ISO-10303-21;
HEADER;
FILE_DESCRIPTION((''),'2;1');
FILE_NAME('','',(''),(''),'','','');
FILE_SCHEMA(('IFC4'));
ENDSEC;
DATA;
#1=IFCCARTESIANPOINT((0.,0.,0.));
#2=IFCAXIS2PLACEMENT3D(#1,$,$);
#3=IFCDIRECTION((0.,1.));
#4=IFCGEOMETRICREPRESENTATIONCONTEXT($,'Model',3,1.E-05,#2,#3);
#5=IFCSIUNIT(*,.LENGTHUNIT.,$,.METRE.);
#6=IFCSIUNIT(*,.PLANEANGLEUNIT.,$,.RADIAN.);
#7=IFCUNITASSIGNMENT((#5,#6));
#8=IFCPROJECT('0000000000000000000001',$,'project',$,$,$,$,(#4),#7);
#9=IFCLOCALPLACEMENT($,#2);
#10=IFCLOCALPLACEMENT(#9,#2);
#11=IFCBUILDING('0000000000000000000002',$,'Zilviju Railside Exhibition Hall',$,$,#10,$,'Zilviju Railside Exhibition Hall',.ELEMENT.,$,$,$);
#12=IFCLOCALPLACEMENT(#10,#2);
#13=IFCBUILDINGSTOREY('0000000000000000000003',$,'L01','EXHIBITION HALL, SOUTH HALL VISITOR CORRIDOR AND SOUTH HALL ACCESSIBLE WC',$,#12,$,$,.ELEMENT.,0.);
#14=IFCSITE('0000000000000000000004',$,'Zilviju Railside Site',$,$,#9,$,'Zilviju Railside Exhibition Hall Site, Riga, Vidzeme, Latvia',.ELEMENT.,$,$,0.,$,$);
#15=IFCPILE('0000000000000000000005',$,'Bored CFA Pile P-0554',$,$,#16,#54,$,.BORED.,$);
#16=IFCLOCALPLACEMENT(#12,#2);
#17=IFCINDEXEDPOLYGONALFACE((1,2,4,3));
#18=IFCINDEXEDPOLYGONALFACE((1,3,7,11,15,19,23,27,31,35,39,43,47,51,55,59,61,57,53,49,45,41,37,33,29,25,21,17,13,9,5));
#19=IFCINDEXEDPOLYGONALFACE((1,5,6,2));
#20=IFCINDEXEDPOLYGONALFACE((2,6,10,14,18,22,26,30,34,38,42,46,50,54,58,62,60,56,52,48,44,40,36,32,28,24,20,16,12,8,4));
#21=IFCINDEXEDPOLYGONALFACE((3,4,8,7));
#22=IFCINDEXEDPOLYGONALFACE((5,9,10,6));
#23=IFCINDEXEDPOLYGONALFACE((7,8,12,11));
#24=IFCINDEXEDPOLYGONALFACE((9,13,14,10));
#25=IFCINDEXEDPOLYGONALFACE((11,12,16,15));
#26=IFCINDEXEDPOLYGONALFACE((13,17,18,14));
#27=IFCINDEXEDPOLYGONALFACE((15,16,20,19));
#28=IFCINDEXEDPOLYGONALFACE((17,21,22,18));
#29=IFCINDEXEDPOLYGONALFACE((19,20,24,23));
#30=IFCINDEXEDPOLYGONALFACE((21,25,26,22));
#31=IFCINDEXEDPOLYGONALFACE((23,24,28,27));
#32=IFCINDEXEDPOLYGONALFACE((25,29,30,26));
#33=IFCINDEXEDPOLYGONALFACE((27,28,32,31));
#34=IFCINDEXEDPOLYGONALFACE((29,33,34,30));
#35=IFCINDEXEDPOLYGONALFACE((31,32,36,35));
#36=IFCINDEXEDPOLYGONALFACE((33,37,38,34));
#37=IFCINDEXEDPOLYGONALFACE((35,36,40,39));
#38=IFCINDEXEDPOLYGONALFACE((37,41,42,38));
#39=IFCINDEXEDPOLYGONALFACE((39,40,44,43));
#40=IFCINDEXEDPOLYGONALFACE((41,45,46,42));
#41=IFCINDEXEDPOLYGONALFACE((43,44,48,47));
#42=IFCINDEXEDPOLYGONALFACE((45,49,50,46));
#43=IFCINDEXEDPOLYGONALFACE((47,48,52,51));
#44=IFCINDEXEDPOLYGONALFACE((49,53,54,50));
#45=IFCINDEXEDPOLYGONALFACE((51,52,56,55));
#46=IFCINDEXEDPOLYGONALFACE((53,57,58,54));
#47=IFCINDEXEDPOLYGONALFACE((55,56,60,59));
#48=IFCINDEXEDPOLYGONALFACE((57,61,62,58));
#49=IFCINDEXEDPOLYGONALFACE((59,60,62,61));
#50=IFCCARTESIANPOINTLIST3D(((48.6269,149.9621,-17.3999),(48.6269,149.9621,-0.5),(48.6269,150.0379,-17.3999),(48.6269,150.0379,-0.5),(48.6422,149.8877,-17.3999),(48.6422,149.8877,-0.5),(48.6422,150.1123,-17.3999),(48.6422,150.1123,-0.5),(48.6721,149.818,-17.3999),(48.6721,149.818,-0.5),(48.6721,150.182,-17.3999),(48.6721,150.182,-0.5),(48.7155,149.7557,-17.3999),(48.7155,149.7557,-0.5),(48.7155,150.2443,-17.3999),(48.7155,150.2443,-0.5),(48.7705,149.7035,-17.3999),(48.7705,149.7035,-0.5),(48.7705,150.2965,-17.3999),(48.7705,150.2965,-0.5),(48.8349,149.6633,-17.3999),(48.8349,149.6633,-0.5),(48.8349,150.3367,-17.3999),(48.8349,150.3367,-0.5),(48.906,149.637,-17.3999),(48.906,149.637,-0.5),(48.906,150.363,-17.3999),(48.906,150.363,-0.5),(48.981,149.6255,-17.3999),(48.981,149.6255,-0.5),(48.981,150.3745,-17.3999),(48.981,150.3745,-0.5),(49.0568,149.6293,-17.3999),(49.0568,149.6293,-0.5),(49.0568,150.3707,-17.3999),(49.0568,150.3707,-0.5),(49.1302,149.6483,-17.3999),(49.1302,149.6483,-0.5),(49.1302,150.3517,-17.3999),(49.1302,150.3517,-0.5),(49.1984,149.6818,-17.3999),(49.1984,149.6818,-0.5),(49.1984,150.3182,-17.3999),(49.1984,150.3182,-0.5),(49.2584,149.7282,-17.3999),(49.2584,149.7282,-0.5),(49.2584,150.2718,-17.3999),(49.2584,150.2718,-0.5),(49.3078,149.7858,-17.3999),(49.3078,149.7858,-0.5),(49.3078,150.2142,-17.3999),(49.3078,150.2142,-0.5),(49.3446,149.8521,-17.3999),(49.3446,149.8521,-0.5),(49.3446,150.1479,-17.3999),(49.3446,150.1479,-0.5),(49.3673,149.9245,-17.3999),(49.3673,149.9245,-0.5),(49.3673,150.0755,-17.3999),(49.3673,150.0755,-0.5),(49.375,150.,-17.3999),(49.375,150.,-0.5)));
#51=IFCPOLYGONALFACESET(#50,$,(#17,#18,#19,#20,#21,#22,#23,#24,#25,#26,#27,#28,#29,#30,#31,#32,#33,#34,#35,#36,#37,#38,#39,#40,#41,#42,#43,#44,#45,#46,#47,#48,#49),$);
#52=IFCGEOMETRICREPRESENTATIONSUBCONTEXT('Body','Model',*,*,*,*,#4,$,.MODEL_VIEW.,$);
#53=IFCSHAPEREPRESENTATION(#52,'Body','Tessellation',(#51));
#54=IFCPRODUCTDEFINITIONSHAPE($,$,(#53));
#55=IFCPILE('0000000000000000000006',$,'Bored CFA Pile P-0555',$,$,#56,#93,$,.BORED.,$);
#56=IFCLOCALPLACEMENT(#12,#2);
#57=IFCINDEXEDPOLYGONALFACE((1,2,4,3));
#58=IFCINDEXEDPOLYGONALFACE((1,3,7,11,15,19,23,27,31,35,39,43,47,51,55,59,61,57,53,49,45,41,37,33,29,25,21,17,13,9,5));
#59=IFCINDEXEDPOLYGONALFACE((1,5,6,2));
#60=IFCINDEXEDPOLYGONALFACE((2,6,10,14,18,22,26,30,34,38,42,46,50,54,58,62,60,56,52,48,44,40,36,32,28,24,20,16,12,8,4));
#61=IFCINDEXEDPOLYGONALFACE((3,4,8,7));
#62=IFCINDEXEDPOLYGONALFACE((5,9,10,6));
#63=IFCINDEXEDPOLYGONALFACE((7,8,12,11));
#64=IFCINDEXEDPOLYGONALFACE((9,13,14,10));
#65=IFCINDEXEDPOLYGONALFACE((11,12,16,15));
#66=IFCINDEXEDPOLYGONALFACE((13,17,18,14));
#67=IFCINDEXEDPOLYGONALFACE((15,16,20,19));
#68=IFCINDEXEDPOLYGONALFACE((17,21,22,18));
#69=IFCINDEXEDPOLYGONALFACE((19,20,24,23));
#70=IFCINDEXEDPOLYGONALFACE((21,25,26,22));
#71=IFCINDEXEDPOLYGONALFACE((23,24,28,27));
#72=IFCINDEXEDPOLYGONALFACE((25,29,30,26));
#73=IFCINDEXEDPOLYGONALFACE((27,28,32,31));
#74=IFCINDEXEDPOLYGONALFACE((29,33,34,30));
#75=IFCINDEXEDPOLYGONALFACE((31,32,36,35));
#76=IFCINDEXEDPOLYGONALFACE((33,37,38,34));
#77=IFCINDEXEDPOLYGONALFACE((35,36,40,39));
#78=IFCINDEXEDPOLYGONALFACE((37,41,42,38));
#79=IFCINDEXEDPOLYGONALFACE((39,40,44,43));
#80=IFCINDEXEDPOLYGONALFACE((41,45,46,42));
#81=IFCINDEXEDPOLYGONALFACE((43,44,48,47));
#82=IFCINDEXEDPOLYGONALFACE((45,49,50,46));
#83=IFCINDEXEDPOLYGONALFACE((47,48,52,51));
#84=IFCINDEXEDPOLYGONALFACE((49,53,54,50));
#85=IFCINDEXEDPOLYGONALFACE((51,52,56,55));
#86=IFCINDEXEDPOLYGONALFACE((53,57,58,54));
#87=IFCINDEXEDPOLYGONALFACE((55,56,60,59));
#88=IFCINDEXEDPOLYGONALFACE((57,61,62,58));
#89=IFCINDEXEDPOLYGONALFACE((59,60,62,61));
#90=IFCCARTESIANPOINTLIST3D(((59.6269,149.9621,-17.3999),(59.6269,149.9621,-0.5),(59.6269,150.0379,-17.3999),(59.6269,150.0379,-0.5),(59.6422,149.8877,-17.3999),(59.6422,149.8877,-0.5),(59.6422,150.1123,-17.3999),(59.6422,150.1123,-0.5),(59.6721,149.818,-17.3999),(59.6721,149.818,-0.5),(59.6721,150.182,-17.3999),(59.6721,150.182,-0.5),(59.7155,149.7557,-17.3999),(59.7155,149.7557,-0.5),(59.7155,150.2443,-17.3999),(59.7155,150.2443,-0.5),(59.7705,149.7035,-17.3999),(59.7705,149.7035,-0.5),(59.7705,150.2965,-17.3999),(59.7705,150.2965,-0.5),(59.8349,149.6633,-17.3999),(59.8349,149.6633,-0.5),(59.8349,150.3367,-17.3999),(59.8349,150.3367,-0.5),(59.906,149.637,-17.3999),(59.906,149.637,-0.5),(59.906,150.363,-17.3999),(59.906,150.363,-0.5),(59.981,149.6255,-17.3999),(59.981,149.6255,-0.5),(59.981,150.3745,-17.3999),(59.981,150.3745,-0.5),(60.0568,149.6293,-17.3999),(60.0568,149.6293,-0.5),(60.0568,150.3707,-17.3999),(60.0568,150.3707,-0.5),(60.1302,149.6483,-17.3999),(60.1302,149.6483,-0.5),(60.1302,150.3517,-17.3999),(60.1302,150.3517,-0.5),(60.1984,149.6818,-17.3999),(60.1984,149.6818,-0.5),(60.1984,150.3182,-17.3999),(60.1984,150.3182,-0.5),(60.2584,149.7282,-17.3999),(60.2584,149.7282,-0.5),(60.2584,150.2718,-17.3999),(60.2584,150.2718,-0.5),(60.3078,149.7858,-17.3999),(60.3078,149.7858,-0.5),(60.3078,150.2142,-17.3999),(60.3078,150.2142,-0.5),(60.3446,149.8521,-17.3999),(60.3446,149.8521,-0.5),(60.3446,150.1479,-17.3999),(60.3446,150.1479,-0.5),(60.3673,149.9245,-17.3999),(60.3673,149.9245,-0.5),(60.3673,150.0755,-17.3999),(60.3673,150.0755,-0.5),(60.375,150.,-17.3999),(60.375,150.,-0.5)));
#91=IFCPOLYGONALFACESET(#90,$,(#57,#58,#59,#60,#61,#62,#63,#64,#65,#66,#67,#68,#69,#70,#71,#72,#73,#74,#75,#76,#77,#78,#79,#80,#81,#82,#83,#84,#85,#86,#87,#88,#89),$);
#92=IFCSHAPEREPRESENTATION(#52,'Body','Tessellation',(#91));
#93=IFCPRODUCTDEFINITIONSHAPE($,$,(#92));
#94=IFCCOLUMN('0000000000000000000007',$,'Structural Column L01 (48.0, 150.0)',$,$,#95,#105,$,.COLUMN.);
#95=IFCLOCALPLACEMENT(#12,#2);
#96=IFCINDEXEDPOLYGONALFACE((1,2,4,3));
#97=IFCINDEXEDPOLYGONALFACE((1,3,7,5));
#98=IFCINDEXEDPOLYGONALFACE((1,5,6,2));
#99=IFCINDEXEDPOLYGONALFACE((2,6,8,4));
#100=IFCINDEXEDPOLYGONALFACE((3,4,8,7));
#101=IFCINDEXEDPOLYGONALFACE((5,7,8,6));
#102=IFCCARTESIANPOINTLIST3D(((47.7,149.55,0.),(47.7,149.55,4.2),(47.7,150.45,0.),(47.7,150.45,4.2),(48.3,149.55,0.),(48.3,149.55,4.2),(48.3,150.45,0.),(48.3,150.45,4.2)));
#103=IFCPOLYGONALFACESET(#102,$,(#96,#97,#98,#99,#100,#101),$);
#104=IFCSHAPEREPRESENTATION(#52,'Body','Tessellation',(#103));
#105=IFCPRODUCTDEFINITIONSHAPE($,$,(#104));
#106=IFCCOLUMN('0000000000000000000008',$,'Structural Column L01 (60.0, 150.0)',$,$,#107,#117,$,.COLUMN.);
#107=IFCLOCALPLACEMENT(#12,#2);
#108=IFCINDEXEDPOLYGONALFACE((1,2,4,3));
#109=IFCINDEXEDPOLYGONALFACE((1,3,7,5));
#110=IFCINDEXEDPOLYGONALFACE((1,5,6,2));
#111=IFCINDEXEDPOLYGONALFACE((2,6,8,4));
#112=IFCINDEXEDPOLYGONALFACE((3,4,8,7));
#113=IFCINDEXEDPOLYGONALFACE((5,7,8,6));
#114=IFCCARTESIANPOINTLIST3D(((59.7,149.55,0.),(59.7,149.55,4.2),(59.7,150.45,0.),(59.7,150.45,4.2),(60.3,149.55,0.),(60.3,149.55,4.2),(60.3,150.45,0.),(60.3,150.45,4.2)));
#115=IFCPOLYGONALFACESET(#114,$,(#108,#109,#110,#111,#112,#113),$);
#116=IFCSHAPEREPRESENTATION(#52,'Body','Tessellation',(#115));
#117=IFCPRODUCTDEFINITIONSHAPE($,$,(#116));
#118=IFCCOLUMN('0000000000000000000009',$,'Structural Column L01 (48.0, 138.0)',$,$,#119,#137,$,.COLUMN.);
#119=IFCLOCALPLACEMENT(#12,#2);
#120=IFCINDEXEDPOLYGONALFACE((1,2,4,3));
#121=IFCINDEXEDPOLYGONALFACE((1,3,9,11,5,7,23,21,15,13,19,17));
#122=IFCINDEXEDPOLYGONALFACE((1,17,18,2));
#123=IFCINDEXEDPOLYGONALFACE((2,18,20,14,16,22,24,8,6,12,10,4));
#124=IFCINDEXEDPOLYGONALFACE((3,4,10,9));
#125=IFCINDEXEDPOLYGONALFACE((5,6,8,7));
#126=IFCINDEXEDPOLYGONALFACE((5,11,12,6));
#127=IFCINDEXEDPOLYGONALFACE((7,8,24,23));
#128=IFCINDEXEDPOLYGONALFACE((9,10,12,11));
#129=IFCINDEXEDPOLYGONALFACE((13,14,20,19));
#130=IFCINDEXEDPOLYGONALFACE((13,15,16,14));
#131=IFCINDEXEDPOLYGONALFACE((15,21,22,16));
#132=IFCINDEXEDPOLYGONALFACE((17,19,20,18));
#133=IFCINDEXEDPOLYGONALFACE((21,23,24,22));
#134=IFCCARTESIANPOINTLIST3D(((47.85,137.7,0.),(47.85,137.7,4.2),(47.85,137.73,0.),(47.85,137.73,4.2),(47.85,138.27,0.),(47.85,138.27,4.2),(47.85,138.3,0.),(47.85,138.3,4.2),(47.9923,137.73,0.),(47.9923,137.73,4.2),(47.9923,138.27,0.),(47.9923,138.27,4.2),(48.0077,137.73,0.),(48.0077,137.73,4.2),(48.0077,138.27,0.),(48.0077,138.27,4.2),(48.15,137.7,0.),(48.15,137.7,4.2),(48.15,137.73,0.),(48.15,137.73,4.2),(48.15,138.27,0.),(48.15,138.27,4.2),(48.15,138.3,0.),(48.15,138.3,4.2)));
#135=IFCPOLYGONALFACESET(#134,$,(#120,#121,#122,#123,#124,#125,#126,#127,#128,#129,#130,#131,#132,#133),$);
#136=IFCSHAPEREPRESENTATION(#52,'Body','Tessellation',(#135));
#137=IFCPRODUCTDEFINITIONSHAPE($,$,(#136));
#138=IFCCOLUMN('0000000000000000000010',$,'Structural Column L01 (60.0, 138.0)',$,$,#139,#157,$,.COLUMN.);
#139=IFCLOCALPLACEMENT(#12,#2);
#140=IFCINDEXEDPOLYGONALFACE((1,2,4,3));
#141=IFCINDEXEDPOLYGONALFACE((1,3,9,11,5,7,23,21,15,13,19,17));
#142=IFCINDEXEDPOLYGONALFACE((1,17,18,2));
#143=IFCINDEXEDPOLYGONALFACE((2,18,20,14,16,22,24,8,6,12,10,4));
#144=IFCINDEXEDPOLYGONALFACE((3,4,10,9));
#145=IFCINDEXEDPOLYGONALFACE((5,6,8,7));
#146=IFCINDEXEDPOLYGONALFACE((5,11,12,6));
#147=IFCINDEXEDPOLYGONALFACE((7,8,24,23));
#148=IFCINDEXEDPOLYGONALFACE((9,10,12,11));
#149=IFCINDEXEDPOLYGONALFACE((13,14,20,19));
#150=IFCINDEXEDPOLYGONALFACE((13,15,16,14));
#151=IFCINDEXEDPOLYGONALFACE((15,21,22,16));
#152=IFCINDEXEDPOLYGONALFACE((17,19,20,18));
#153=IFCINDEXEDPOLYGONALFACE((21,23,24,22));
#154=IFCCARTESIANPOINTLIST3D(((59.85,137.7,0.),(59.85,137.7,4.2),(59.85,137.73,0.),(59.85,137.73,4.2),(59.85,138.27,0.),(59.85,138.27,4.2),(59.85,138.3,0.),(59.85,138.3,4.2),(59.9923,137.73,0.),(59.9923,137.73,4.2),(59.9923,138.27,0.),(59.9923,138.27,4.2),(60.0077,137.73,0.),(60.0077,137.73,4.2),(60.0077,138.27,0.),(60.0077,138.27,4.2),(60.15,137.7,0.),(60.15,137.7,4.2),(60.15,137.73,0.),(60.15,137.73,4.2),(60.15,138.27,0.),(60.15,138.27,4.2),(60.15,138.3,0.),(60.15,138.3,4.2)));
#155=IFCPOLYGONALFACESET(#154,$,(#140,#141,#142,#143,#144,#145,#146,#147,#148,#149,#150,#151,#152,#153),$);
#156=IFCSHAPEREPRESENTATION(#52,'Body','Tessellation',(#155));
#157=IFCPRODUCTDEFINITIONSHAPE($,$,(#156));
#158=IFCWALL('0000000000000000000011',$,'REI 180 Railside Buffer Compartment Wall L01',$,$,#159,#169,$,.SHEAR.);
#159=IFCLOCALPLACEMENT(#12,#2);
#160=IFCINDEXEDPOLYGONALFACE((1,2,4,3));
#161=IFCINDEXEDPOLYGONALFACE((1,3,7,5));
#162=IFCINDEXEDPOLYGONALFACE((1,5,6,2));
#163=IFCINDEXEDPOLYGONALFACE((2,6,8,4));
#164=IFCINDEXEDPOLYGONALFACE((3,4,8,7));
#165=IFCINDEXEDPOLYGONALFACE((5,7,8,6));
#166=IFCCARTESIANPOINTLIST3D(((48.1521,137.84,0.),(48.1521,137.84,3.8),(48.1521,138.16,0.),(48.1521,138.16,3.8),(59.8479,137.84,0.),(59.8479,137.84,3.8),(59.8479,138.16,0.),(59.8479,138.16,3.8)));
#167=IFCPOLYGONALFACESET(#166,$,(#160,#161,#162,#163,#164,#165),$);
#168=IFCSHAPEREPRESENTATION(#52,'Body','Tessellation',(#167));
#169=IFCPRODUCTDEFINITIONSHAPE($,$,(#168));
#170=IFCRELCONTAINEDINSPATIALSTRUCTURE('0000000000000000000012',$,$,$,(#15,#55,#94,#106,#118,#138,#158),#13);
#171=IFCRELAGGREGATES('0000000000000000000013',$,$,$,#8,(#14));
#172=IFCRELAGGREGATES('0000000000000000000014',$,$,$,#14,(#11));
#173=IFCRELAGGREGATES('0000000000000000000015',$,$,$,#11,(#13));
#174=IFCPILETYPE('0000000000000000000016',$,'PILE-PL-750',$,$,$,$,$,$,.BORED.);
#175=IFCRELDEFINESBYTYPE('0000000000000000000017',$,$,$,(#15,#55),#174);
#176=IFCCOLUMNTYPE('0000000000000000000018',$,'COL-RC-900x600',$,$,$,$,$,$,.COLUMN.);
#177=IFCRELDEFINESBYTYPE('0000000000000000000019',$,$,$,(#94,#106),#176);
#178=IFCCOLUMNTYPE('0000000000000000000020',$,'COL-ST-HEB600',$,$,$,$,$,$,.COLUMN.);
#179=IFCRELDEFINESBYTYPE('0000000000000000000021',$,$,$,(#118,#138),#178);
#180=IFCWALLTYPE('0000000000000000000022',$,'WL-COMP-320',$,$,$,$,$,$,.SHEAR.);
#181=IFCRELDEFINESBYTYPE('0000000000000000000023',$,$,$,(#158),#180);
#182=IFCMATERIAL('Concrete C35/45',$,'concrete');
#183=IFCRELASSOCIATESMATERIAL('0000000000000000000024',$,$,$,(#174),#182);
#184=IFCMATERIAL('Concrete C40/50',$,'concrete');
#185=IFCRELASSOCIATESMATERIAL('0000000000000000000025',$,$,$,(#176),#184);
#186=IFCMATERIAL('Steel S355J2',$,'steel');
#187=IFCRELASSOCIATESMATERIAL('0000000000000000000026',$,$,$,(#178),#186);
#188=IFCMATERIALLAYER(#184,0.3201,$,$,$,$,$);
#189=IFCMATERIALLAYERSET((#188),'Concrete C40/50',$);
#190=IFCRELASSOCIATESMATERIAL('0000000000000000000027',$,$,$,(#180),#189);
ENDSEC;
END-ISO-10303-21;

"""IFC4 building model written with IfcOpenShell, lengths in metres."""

from ifc_helpers import new_model, si_unit, direction, frame, frame_2d, origin, origin_2d, place, context, subcontext, project, spatial, rectangle, circle, i_section, extrude, material, layer, layer_set, material_profile, profile_set, type_object, element, save


model = new_model("IFC4")

# Units and contexts
model_context = context("Model", 3, precision=1e-05, world=origin(), true_north=direction((0.0, 1.0)))
body_context = subcontext(model_context, "Body", "Model", "MODEL_VIEW")
ifc_project = project(units=[si_unit("LENGTHUNIT", "METRE"), si_unit("PLANEANGLEUNIT", "RADIAN")], contexts=[model_context])

# Site, building, storey
site_placement = place(None, origin())
site = spatial("IfcSite", under=ifc_project, at=site_placement, Name="Zilviju Railside Site", LongName="Zilviju Railside Exhibition Hall Site, Riga, Vidzeme, Latvia", CompositionType="ELEMENT", RefElevation=0.0)
building_placement = place(site_placement, origin())
building = spatial("IfcBuilding", under=site, at=building_placement, Name="Zilviju Railside Exhibition Hall", LongName="Zilviju Railside Exhibition Hall", CompositionType="ELEMENT")
storey_placement = place(building_placement, origin())
storey = spatial("IfcBuildingStorey", under=building, at=storey_placement, Name="L01", Description="EXHIBITION HALL, SOUTH HALL VISITOR CORRIDOR AND SOUTH HALL ACCESSIBLE WC", CompositionType="ELEMENT", Elevation=0.0)

# Shared definitions
ifc_material_1 = material(Name="Concrete C35/45", Category="concrete")
ifc_material_2 = material(Name="Concrete C40/50", Category="concrete")

# Piles
ifc_material_profile_1 = material_profile(ifc_material_1, circle(Radius=0.375, at=origin_2d()), Name="CFA PILE D750")
ifc_profile_set_1 = profile_set([ifc_material_profile_1], Name="Concrete C35/45")
pile_type = type_object("IfcPileType", Name="PILE-PL-750", PredefinedType="BORED", material=ifc_profile_set_1)
for number, where, z_axis, x_axis, name in (
    (1, (49.0, 150.0, -0.5), (0.0, 0.0, -1.0), (1.0, 0.0, 0.0), "Bored CFA Pile P-0554"),
    (2, (60.0, 150.0, -0.5), (0.0, 0.0, -1.0), (1.0, 0.0, 0.0), "Bored CFA Pile P-0555"),
):
    element("IfcPile", number, at=place(storey_placement, frame(where, z_axis=z_axis, x_axis=x_axis)), inside=storey, type_object=pile_type, Name=name, PredefinedType="BORED", context=body_context, shape_type="SweptSolid", body=[
        extrude(circle(Radius=0.375, at=origin_2d()), origin(), (0.0, 0.0, 1.0), 16.8999),
    ])

# Columns
ifc_material_profile_2 = material_profile(ifc_material_2, rectangle(XDim=0.6001, YDim=0.8999, at=origin_2d()), Name="RC COL 600x900")
ifc_profile_set_2 = profile_set([ifc_material_profile_2], Name="Concrete C40/50")
column_type_1 = type_object("IfcColumnType", Name="COL-RC-900x600", PredefinedType="COLUMN", material=ifc_profile_set_2)
for number, where, z_axis, x_axis, name in (
    (3, (48.0, 150.0, 0.0), (0.0, 0.0, 1.0), (1.0, 0.0, 0.0), "Structural Column L01 (48.0, 150.0)"),
    (4, (60.0, 150.0, 0.0), (0.0, 0.0, 1.0), (1.0, 0.0, 0.0), "Structural Column L01 (60.0, 150.0)"),
):
    element("IfcColumn", number, at=place(storey_placement, frame(where, z_axis=z_axis, x_axis=x_axis)), inside=storey, type_object=column_type_1, Name=name, PredefinedType="COLUMN", context=body_context, shape_type="SweptSolid", body=[
        extrude(rectangle(XDim=0.6001, YDim=0.8999, at=origin_2d()), origin(), (0.0, 0.0, 1.0), 4.2),
    ])
ifc_material_3 = material(Name="Steel S355J2", Category="steel")
ifc_material_profile_3 = material_profile(ifc_material_3, i_section(OverallWidth=0.3, OverallDepth=0.6001, WebThickness=0.0154, FlangeThickness=0.03, at=origin_2d()), Name="HEB 600")
ifc_profile_set_3 = profile_set([ifc_material_profile_3], Name="Steel S355J2")
column_type_2 = type_object("IfcColumnType", Name="COL-ST-HEB600", PredefinedType="COLUMN", material=ifc_profile_set_3)
for number, where, z_axis, x_axis, name in (
    (5, (48.0, 138.0, 0.0), (0.0, 0.0, 1.0), (1.0, 0.0, 0.0), "Structural Column L01 (48.0, 138.0)"),
    (6, (60.0, 138.0, 0.0), (0.0, 0.0, 1.0), (1.0, 0.0, 0.0), "Structural Column L01 (60.0, 138.0)"),
):
    element("IfcColumn", number, at=place(storey_placement, frame(where, z_axis=z_axis, x_axis=x_axis)), inside=storey, type_object=column_type_2, Name=name, PredefinedType="COLUMN", context=body_context, shape_type="SweptSolid", body=[
        extrude(i_section(OverallWidth=0.3, OverallDepth=0.6001, WebThickness=0.0154, FlangeThickness=0.03, at=origin_2d()), origin(), (0.0, 0.0, 1.0), 4.2),
    ])

# Wall
ifc_layer_1 = layer(ifc_material_2, 0.3201)
ifc_layer_set_1 = layer_set([ifc_layer_1], Name="Concrete C40/50")
wall_type_1 = type_object("IfcWallType", Name="WL-COMP-320", PredefinedType="SHEAR", material=ifc_layer_set_1)
wall_1_placement = place(storey_placement, frame((48.1521, 138.0, 0.0), z_axis=(0.0, 0.0, 1.0), x_axis=(1.0, 0.0, 0.0)))
element("IfcWall", 7, at=wall_1_placement, inside=storey, type_object=wall_type_1, Name="REI 180 Railside Buffer Compartment Wall L01", PredefinedType="SHEAR", context=body_context, shape_type="SweptSolid", body=[
    extrude(rectangle(XDim=11.6958, YDim=0.3201, at=frame_2d((5.8479, 0.0))), origin(), (0.0, 0.0, 1.0), 3.8),
])

save(model, "model.ifc")
